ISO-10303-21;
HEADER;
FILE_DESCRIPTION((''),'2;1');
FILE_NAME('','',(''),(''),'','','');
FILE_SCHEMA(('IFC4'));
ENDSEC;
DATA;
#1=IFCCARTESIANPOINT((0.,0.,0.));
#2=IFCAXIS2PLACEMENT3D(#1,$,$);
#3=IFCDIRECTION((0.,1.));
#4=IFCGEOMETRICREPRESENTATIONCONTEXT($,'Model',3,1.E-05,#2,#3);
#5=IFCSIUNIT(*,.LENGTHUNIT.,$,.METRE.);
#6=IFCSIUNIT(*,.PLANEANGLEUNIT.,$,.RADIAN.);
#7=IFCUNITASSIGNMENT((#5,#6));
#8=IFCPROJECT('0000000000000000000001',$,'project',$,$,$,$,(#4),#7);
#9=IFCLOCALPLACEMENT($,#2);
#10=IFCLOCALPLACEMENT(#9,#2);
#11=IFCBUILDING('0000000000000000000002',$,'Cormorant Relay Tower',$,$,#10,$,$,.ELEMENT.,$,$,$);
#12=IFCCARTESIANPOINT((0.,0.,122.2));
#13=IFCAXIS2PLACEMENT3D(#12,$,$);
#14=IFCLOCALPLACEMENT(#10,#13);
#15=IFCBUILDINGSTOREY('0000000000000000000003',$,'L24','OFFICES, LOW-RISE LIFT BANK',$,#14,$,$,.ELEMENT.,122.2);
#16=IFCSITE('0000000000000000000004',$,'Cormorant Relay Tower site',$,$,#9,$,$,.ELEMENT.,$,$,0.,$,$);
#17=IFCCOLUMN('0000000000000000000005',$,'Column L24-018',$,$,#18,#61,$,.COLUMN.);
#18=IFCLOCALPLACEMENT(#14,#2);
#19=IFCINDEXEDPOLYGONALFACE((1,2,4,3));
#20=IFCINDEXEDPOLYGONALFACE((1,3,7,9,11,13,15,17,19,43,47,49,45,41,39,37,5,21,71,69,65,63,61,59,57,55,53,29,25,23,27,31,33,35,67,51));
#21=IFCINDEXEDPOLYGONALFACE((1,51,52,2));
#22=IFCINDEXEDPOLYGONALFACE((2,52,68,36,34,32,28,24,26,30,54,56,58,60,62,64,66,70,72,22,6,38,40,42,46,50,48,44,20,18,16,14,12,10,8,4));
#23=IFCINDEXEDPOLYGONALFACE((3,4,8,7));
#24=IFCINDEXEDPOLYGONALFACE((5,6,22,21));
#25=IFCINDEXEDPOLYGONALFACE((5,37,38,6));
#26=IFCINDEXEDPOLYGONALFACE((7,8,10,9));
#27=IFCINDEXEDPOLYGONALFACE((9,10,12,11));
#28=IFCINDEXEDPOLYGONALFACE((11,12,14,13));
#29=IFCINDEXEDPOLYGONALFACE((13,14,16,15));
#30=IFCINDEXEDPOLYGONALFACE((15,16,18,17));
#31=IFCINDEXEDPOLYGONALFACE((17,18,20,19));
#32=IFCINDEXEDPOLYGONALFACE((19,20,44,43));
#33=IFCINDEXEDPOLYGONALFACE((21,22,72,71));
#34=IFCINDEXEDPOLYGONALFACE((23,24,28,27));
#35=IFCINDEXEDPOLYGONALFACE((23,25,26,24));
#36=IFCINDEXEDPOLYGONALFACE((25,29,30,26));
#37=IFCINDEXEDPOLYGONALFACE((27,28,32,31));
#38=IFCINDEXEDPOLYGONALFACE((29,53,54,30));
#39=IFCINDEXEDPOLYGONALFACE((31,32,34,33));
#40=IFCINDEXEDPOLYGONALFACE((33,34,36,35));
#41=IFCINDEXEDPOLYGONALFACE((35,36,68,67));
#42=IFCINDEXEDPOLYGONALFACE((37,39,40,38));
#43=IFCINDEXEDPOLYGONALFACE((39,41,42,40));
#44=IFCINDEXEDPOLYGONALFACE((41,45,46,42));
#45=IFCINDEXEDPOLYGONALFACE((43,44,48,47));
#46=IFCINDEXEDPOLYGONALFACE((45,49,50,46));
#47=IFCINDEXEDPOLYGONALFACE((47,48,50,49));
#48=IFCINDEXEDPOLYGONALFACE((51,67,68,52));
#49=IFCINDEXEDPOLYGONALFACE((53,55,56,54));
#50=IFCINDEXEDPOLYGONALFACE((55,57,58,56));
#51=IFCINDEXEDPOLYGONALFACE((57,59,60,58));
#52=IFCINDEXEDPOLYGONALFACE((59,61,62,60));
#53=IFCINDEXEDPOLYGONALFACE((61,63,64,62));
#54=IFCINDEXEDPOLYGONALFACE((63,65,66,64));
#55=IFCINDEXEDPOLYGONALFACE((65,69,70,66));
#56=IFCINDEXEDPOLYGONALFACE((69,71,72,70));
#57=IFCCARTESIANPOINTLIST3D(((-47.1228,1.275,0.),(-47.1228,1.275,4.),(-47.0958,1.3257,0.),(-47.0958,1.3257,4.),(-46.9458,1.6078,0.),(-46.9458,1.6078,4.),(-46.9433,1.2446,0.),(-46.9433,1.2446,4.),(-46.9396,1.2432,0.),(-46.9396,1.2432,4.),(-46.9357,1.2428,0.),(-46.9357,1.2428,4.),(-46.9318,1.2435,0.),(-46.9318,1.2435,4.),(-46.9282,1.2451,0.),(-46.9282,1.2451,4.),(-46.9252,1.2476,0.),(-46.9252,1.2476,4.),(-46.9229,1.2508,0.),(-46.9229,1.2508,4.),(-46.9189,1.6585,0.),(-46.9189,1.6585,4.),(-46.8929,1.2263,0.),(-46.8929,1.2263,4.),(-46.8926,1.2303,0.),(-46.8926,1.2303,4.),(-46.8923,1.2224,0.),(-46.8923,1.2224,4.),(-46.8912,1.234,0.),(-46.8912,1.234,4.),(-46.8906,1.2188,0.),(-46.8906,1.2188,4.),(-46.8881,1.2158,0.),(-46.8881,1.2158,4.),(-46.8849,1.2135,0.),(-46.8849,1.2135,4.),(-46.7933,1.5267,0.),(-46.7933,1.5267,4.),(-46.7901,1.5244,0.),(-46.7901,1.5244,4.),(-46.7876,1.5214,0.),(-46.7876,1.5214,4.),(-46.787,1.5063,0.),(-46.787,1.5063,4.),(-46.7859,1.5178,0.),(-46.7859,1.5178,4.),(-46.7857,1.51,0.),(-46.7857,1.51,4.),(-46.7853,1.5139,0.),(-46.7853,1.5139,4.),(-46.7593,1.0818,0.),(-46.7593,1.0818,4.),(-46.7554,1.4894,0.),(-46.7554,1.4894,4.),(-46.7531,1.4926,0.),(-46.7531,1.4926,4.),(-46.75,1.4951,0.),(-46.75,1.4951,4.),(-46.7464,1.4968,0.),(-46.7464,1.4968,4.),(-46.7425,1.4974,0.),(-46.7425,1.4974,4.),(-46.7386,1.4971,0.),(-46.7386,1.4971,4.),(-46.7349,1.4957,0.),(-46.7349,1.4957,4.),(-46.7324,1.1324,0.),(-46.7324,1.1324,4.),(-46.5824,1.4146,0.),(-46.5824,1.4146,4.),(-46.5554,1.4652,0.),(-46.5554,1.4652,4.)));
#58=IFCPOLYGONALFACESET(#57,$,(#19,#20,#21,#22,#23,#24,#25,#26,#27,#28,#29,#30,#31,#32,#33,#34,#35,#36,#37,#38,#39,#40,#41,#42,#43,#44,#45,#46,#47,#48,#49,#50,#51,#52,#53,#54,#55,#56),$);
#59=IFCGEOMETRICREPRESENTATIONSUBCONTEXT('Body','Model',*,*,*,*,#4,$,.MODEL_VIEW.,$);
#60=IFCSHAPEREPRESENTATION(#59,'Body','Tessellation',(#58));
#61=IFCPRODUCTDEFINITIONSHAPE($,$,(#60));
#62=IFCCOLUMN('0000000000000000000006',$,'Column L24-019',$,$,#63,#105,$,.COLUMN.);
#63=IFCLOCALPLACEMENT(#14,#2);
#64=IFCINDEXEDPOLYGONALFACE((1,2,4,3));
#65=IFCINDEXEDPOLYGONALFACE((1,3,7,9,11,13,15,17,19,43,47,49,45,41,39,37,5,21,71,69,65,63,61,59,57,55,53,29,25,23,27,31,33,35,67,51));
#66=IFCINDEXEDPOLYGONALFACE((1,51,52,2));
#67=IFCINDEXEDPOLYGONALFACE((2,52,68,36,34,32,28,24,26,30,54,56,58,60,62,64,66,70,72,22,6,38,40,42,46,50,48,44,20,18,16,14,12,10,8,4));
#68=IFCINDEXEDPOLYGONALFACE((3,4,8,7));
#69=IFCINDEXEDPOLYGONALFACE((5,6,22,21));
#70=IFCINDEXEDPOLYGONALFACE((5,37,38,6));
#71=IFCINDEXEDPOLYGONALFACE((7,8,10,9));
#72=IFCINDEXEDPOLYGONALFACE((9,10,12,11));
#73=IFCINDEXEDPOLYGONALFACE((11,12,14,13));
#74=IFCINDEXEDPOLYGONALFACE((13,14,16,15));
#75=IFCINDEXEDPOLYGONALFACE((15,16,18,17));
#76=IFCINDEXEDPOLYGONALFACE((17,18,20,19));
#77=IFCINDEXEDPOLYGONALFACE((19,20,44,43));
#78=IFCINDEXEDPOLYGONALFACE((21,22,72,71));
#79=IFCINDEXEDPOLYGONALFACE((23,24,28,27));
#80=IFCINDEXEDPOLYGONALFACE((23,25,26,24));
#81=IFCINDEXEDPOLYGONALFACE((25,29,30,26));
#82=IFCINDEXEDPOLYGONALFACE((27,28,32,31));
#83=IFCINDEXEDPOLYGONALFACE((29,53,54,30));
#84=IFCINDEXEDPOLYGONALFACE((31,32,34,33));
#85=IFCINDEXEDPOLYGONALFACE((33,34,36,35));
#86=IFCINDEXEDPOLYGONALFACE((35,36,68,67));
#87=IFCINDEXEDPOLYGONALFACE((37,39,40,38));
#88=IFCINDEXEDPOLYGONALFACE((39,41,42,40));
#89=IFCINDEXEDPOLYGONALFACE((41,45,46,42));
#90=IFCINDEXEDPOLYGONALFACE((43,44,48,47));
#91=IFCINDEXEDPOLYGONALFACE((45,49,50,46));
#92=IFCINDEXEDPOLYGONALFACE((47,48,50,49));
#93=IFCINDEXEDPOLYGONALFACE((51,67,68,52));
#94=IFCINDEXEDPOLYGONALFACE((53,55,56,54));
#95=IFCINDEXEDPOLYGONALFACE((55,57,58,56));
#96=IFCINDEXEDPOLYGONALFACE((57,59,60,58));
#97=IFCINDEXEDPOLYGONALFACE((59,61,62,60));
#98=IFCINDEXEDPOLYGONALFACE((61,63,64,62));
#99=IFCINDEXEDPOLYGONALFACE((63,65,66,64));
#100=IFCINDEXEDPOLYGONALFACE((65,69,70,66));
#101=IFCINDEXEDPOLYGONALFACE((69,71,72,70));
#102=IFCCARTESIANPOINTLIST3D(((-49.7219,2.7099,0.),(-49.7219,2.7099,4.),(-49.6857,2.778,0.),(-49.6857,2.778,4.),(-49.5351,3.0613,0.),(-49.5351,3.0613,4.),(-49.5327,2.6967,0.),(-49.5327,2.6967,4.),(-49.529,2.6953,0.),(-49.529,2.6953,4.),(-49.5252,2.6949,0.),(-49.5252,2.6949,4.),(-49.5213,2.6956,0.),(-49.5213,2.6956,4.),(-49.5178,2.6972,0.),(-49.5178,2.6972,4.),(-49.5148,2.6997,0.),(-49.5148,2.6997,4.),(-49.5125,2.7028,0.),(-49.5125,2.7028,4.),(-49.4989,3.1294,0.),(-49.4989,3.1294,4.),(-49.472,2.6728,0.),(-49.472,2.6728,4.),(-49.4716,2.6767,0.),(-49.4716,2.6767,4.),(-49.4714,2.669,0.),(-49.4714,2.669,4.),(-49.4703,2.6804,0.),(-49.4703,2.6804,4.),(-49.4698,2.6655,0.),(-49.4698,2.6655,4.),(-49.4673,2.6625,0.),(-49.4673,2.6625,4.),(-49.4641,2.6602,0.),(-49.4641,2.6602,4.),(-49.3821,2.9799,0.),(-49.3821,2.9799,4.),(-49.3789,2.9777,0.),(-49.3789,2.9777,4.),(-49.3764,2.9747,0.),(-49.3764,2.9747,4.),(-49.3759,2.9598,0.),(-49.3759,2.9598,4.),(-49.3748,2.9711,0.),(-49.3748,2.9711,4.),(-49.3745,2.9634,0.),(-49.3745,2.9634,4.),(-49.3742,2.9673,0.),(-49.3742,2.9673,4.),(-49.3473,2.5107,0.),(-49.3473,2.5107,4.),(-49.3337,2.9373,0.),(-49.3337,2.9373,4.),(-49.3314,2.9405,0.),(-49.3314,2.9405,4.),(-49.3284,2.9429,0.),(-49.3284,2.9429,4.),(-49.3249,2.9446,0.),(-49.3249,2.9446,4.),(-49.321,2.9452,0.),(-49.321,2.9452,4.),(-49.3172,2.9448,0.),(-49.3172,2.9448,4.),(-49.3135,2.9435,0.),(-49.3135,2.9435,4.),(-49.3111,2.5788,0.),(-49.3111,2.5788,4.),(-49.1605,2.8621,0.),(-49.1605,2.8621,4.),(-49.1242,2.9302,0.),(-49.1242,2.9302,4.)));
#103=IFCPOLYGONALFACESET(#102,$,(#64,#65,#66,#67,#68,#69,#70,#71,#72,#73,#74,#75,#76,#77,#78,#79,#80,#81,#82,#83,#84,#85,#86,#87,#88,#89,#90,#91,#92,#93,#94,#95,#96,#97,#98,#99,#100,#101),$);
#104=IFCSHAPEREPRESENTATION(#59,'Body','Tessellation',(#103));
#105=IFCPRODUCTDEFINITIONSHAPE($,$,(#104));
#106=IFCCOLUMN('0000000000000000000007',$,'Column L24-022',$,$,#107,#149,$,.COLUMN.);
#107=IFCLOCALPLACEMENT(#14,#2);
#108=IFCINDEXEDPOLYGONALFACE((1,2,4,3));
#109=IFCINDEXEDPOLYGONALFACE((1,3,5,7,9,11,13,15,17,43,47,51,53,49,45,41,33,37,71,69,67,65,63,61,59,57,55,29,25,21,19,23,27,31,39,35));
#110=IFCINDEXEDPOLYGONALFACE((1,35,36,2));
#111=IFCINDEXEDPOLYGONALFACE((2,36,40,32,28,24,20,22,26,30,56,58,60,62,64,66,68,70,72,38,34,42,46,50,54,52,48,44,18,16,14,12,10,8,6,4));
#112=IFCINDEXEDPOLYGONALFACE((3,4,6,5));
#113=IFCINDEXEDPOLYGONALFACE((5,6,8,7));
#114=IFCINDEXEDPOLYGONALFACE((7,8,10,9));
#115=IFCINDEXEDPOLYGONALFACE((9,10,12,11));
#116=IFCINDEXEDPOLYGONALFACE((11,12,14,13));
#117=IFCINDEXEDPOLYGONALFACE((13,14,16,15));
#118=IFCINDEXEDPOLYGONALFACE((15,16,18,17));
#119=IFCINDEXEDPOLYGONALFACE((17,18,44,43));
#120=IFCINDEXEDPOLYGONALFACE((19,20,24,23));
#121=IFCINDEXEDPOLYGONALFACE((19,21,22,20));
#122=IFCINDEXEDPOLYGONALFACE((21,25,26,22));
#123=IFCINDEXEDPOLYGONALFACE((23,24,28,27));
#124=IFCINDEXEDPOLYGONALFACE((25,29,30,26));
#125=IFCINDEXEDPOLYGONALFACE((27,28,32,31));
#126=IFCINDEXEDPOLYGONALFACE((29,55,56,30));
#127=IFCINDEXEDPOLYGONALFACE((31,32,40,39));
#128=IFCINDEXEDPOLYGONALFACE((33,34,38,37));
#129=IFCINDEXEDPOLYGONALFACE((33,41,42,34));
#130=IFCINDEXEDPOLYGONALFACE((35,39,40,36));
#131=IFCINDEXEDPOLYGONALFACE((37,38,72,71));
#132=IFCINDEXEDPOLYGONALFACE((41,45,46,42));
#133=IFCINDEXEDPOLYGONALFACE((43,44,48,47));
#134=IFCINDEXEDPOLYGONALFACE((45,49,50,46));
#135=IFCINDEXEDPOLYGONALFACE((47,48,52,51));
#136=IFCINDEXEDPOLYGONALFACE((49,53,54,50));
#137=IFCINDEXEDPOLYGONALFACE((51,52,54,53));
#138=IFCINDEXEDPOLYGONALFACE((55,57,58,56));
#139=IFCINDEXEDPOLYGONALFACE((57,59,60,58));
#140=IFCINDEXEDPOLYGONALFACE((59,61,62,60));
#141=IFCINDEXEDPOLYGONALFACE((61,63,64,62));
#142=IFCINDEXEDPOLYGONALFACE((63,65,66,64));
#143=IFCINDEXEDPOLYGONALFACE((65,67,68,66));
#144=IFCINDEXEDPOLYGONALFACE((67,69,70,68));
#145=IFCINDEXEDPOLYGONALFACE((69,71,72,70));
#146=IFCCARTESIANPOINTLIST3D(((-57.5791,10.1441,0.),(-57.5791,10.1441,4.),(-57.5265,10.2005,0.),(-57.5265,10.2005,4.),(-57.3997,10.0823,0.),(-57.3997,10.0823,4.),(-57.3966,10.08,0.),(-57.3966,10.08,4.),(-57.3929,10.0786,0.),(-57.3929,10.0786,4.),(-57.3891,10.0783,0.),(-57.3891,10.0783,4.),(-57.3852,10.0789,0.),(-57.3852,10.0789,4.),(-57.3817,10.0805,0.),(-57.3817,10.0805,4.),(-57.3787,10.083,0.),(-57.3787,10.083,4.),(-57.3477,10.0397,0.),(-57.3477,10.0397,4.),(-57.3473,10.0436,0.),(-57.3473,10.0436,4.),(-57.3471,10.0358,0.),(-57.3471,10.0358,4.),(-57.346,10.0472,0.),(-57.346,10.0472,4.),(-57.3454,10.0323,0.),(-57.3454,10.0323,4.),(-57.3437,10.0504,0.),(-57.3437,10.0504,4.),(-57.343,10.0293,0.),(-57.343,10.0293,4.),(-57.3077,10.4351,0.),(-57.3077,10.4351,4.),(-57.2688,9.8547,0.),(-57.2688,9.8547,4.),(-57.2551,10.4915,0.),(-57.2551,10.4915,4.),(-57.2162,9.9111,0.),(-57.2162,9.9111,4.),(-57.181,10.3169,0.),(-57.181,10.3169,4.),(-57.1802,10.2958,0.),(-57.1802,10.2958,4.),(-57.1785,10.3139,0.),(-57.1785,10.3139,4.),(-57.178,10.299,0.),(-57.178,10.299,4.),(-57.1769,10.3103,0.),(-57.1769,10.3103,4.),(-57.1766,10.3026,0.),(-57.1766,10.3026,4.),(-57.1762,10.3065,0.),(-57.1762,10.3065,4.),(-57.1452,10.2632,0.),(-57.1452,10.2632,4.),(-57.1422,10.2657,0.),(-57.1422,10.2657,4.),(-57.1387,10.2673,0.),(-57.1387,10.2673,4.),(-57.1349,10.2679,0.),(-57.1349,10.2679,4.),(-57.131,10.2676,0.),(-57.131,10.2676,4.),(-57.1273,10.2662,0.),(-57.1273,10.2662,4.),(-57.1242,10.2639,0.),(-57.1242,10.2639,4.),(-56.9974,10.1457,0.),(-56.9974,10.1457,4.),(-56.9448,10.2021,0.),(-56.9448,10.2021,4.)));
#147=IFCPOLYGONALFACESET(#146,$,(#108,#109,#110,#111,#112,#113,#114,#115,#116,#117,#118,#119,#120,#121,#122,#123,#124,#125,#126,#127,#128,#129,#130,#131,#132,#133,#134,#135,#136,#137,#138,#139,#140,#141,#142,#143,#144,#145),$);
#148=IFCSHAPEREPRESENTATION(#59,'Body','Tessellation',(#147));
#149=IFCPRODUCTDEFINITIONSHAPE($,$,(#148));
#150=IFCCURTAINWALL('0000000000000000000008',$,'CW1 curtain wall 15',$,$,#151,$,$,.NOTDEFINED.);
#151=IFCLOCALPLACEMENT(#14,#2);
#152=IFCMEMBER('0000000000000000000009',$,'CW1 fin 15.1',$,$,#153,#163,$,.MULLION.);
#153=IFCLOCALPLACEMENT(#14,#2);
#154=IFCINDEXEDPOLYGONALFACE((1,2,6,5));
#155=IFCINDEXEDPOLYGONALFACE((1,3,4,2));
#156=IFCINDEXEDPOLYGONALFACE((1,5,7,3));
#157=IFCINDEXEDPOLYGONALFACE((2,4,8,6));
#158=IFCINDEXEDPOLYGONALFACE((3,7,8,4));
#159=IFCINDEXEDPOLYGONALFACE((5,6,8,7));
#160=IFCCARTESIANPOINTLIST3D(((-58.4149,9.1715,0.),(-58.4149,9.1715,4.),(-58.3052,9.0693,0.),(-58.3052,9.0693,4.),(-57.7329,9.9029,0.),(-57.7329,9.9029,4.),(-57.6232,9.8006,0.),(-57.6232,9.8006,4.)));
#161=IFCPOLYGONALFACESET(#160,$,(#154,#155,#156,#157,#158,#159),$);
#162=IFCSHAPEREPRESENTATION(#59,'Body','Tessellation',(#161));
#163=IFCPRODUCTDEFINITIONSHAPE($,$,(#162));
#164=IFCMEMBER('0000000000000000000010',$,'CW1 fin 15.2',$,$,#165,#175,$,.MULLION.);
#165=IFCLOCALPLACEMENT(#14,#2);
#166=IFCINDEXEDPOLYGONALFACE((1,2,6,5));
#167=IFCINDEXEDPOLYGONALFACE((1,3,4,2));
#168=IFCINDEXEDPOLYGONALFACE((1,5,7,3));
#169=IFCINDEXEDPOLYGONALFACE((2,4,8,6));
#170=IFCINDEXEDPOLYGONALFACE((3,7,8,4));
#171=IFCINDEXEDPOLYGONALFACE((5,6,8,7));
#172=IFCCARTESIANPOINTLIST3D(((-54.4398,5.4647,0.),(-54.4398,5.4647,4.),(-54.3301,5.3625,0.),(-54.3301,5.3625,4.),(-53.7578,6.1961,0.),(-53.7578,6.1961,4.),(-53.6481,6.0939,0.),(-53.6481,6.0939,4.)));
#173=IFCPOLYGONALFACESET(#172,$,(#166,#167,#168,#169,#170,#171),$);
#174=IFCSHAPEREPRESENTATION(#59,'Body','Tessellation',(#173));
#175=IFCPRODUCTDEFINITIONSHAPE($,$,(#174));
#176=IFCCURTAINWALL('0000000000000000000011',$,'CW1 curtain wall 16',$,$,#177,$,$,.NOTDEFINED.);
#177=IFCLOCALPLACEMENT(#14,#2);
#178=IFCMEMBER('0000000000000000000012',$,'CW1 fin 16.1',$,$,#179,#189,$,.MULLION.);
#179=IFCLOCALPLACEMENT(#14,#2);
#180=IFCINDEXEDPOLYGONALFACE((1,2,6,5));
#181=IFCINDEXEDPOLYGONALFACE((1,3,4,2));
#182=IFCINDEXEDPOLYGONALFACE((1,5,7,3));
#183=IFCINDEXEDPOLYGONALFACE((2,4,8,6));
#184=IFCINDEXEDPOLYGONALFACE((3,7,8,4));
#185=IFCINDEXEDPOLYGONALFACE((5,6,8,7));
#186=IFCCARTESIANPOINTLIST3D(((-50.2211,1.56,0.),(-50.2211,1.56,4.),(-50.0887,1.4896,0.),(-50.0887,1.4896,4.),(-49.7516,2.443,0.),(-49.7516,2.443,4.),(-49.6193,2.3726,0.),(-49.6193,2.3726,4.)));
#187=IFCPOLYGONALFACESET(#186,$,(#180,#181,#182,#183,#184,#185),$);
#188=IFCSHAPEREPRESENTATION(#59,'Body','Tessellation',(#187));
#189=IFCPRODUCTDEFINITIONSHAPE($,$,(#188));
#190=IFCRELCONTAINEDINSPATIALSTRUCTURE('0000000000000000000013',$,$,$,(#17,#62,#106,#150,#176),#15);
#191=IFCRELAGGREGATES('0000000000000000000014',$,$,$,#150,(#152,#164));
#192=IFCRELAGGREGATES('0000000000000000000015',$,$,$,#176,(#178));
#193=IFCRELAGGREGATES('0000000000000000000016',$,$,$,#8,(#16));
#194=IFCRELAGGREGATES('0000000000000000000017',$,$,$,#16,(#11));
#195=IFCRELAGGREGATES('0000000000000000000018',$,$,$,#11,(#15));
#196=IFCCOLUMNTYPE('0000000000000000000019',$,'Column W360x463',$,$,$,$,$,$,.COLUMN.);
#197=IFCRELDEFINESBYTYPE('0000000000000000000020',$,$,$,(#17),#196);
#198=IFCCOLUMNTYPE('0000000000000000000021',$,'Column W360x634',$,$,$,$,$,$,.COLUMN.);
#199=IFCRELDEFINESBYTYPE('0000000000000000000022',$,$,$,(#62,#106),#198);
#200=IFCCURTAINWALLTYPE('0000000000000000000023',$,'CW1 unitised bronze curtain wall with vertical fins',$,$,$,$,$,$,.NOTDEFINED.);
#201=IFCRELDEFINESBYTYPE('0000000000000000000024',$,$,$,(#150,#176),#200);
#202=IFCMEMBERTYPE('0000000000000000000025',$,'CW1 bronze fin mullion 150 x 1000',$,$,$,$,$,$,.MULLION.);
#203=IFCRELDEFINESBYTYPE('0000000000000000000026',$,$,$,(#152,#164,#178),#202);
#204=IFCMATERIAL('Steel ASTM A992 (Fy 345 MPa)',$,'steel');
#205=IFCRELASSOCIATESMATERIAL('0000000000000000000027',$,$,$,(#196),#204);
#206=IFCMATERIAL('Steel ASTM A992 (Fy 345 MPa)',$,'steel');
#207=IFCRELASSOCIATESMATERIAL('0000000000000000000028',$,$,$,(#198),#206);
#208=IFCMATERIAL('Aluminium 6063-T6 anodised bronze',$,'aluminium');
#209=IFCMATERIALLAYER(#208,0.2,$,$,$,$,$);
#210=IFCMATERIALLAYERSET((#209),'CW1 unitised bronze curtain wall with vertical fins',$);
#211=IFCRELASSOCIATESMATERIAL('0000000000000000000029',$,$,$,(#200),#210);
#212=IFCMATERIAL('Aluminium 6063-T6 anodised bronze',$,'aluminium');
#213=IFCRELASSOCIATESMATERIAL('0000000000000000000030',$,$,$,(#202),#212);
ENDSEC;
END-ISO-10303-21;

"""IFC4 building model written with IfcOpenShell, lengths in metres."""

from ifc_helpers import new_model, si_unit, direction, frame, origin, origin_2d, place, context, subcontext, project, spatial, rectangle, i_section, extrude, material, layer, layer_set, material_profile, profile_set, type_object, element, aggregate, save


model = new_model("IFC4")

# Units and contexts
model_context = context("Model", 3, precision=1e-05, world=origin(), true_north=direction((0.0, 1.0)))
body_context = subcontext(model_context, "Body", "Model", "MODEL_VIEW")
ifc_project = project(units=[si_unit("LENGTHUNIT", "METRE"), si_unit("PLANEANGLEUNIT", "RADIAN")], contexts=[model_context])

# Site, building, storey
site_placement = place(None, origin())
site = spatial("IfcSite", under=ifc_project, at=site_placement, Name="Cormorant Relay Tower site", CompositionType="ELEMENT", RefElevation=0.0)
building_placement = place(site_placement, origin())
building = spatial("IfcBuilding", under=site, at=building_placement, Name="Cormorant Relay Tower", CompositionType="ELEMENT")
storey_placement = place(building_placement, frame((0.0, 0.0, 122.2)))
storey = spatial("IfcBuildingStorey", under=building, at=storey_placement, Name="L24", Description="OFFICES, LOW-RISE LIFT BANK", CompositionType="ELEMENT", Elevation=122.2)

# Columns
ifc_material_1 = material(Name="Steel ASTM A992 (Fy 345 MPa)", Category="steel")
ifc_material_profile_1 = material_profile(ifc_material_1, i_section(OverallWidth=0.4116, OverallDepth=0.4343, WebThickness=0.0359, FlangeThickness=0.0574, FilletRadius=0.0151, at=origin_2d()), Name="W360x463")
ifc_profile_set_1 = profile_set([ifc_material_profile_1], Name="Steel ASTM A992 (Fy 345 MPa)")
column_type_1 = type_object("IfcColumnType", Name="Column W360x463", PredefinedType="COLUMN", material=ifc_profile_set_1)
column_placement = place(storey_placement, frame((-46.8391, 1.3701, 0.0), z_axis=(0.0, 0.0, 1.0), x_axis=(0.882948, -0.469472, 0.0)))
element("IfcColumn", 1, at=column_placement, inside=storey, type_object=column_type_1, Name="Column L24-018", PredefinedType="COLUMN", context=body_context, shape_type="SweptSolid", body=[
    extrude(i_section(OverallWidth=0.4116, OverallDepth=0.4343, WebThickness=0.0359, FlangeThickness=0.0574, FilletRadius=0.0151, at=origin_2d()), origin(), (0.0, 0.0, 1.0), 4.0),
])
ifc_material_2 = material(Name="Steel ASTM A992 (Fy 345 MPa)", Category="steel")
ifc_material_profile_2 = material_profile(ifc_material_2, i_section(OverallWidth=0.4243, OverallDepth=0.4751, WebThickness=0.0479, FlangeThickness=0.0771, FilletRadius=0.0149, at=origin_2d()), Name="W360x634")
ifc_profile_set_2 = profile_set([ifc_material_profile_2], Name="Steel ASTM A992 (Fy 345 MPa)")
column_type_2 = type_object("IfcColumnType", Name="Column W360x634", PredefinedType="COLUMN", material=ifc_profile_set_2)
for number, where, z_axis, x_axis, name in (
    (2, (-49.4231, 2.8201, 0.0), (0.0, 0.0, 1.0), (0.882948, -0.469472, 0.0), "Column L24-019"),
    (3, (-57.262, 10.1731, 0.0), (0.0, 0.0, 1.0), (0.731354, -0.681998, 0.0), "Column L24-022"),
):
    element("IfcColumn", number, at=place(storey_placement, frame(where, z_axis=z_axis, x_axis=x_axis)), inside=storey, type_object=column_type_2, Name=name, PredefinedType="COLUMN", context=body_context, shape_type="SweptSolid", body=[
        extrude(i_section(OverallWidth=0.4243, OverallDepth=0.4751, WebThickness=0.0479, FlangeThickness=0.0771, FilletRadius=0.0149, at=origin_2d()), origin(), (0.0, 0.0, 1.0), 4.0),
    ])

# Curtain wall, members
ifc_material_3 = material(Name="Aluminium 6063-T6 anodised bronze", Category="aluminium")
ifc_layer_1 = layer(ifc_material_3, 0.2)
ifc_layer_set_1 = layer_set([ifc_layer_1], Name="CW1 unitised bronze curtain wall with vertical fins")
curtain_wall_type = type_object("IfcCurtainWallType", Name="CW1 unitised bronze curtain wall with vertical fins", PredefinedType="NOTDEFINED", material=ifc_layer_set_1)
curtain_wall_1_placement = place(storey_placement, origin())
curtain_wall_1 = element("IfcCurtainWall", 4, at=curtain_wall_1_placement, inside=storey, type_object=curtain_wall_type, Name="CW1 curtain wall 15", PredefinedType="NOTDEFINED")
ifc_material_4 = material(Name="Aluminium 6063-T6 anodised bronze", Category="aluminium")
ifc_material_profile_3 = material_profile(ifc_material_4, rectangle(XDim=0.1499, YDim=1.0, at=origin_2d()), Name="AL 150x1000")
ifc_profile_set_3 = profile_set([ifc_material_profile_3], Name="Aluminium 6063-T6 anodised bronze")
member_type_1 = type_object("IfcMemberType", Name="CW1 bronze fin mullion 150 x 1000", PredefinedType="MULLION", material=ifc_profile_set_3)
member_1_placement = place(storey_placement, frame((-58.019, 9.4861, 0.0), z_axis=(0.0, 0.0, 1.0), x_axis=(0.731354, -0.681998, 0.0)))
member_1 = element("IfcMember", 5, at=member_1_placement, type_object=member_type_1, Name="CW1 fin 15.1", PredefinedType="MULLION", context=body_context, shape_type="SweptSolid", body=[
    extrude(rectangle(XDim=0.1499, YDim=1.0, at=origin_2d()), origin(), (0.0, 0.0, 1.0), 4.0),
])
member_2_placement = place(storey_placement, frame((-54.0439, 5.7793, 0.0), z_axis=(0.0, 0.0, 1.0), x_axis=(0.731354, -0.681998, 0.0)))
member_2 = element("IfcMember", 6, at=member_2_placement, type_object=member_type_1, Name="CW1 fin 15.2", PredefinedType="MULLION", context=body_context, shape_type="SweptSolid", body=[
    extrude(rectangle(XDim=0.1499, YDim=1.0, at=origin_2d()), origin(), (0.0, 0.0, 1.0), 4.0),
])

# Curtain wall, member
curtain_wall_2_placement = place(storey_placement, origin())
curtain_wall_2 = element("IfcCurtainWall", 7, at=curtain_wall_2_placement, inside=storey, type_object=curtain_wall_type, Name="CW1 curtain wall 16", PredefinedType="NOTDEFINED")
member_3_placement = place(storey_placement, frame((-49.9202, 1.9663, 0.0), z_axis=(0.0, 0.0, 1.0), x_axis=(0.882948, -0.469472, 0.0)))
member_3 = element("IfcMember", 8, at=member_3_placement, type_object=member_type_1, Name="CW1 fin 16.1", PredefinedType="MULLION", context=body_context, shape_type="SweptSolid", body=[
    extrude(rectangle(XDim=0.1499, YDim=1.0, at=origin_2d()), origin(), (0.0, 0.0, 1.0), 4.0),
])

aggregate(curtain_wall_1, [member_1, member_2])
aggregate(curtain_wall_2, [member_3])

save(model, "model.ifc")
